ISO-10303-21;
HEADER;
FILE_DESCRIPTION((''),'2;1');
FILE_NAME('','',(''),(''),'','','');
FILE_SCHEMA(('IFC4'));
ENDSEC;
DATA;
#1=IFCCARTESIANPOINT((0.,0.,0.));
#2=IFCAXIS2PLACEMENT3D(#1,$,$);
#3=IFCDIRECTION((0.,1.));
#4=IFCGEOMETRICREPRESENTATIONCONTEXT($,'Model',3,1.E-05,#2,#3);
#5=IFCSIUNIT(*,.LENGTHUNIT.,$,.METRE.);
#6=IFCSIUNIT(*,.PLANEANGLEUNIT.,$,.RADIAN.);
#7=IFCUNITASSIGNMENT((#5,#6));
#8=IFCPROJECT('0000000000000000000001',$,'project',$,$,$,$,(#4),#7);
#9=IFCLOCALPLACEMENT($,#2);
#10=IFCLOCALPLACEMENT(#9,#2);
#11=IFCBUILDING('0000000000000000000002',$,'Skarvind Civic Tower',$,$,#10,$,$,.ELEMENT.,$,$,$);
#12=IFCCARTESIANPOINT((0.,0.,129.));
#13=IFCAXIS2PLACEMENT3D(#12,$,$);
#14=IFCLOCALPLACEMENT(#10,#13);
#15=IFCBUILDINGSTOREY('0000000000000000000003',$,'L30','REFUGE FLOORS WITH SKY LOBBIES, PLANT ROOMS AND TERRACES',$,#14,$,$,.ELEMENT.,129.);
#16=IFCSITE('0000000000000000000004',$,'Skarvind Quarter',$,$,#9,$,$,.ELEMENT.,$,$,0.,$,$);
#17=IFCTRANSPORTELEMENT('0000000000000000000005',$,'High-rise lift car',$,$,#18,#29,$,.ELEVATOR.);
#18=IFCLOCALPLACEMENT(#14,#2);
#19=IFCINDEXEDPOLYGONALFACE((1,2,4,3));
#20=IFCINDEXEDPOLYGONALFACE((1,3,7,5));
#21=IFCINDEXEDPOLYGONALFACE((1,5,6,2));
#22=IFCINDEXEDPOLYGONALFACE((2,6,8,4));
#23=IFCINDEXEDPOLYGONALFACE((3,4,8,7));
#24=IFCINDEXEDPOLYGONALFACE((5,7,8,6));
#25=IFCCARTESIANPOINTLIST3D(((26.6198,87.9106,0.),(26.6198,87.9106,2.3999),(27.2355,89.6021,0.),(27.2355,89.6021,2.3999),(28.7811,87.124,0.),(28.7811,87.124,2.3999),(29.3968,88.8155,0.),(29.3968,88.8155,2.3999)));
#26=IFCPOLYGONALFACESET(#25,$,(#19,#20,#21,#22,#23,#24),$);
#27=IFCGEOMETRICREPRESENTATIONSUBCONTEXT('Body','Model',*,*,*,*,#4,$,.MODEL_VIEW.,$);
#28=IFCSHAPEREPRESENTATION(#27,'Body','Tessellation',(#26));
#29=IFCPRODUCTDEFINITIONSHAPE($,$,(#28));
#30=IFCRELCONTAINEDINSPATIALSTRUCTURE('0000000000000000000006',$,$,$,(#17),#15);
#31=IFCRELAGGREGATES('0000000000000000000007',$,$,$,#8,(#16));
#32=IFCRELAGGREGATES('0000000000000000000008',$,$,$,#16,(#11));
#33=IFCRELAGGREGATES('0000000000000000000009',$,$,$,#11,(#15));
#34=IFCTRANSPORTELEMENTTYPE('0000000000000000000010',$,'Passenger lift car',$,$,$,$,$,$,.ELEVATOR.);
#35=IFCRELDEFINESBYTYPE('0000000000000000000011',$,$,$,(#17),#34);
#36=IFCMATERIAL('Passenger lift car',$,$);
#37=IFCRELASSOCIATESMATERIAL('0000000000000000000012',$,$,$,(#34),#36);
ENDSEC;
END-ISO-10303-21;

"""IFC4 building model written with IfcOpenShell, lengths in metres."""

from ifc_helpers import new_model, si_unit, direction, frame, origin, origin_2d, place, context, subcontext, project, spatial, rectangle, extrude, material, type_object, element, save


model = new_model("IFC4")

# Units and contexts
model_context = context("Model", 3, precision=1e-05, world=origin(), true_north=direction((0.0, 1.0)))
body_context = subcontext(model_context, "Body", "Model", "MODEL_VIEW")
ifc_project = project(units=[si_unit("LENGTHUNIT", "METRE"), si_unit("PLANEANGLEUNIT", "RADIAN")], contexts=[model_context])

# Site, building, storey
site_placement = place(None, origin())
site = spatial("IfcSite", under=ifc_project, at=site_placement, Name="Skarvind Quarter", CompositionType="ELEMENT", RefElevation=0.0)
building_placement = place(site_placement, origin())
building = spatial("IfcBuilding", under=site, at=building_placement, Name="Skarvind Civic Tower", CompositionType="ELEMENT")
storey_placement = place(building_placement, frame((0.0, 0.0, 129.0)))
storey = spatial("IfcBuildingStorey", under=building, at=storey_placement, Name="L30", Description="REFUGE FLOORS WITH SKY LOBBIES, PLANT ROOMS AND TERRACES", CompositionType="ELEMENT", Elevation=129.0)

# Transport element
ifc_material_1 = material(Name="Passenger lift car")
transport_element_type = type_object("IfcTransportElementType", Name="Passenger lift car", PredefinedType="ELEVATOR", material=ifc_material_1)
for number, where, z_axis, x_axis, name in (
    (1, (28.0083, 88.363, 0.0), (0.0, 0.0, 1.0), (0.34202, 0.939693, 0.0), "High-rise lift car"),
):
    element("IfcTransportElement", number, at=place(storey_placement, frame(where, z_axis=z_axis, x_axis=x_axis)), inside=storey, type_object=transport_element_type, Name=name, PredefinedType="ELEVATOR", context=body_context, shape_type="SweptSolid", body=[
        extrude(rectangle(XDim=1.8, YDim=2.3, at=origin_2d()), origin(), (0.0, 0.0, 1.0), 2.3999),
    ])

save(model, "model.ifc")
